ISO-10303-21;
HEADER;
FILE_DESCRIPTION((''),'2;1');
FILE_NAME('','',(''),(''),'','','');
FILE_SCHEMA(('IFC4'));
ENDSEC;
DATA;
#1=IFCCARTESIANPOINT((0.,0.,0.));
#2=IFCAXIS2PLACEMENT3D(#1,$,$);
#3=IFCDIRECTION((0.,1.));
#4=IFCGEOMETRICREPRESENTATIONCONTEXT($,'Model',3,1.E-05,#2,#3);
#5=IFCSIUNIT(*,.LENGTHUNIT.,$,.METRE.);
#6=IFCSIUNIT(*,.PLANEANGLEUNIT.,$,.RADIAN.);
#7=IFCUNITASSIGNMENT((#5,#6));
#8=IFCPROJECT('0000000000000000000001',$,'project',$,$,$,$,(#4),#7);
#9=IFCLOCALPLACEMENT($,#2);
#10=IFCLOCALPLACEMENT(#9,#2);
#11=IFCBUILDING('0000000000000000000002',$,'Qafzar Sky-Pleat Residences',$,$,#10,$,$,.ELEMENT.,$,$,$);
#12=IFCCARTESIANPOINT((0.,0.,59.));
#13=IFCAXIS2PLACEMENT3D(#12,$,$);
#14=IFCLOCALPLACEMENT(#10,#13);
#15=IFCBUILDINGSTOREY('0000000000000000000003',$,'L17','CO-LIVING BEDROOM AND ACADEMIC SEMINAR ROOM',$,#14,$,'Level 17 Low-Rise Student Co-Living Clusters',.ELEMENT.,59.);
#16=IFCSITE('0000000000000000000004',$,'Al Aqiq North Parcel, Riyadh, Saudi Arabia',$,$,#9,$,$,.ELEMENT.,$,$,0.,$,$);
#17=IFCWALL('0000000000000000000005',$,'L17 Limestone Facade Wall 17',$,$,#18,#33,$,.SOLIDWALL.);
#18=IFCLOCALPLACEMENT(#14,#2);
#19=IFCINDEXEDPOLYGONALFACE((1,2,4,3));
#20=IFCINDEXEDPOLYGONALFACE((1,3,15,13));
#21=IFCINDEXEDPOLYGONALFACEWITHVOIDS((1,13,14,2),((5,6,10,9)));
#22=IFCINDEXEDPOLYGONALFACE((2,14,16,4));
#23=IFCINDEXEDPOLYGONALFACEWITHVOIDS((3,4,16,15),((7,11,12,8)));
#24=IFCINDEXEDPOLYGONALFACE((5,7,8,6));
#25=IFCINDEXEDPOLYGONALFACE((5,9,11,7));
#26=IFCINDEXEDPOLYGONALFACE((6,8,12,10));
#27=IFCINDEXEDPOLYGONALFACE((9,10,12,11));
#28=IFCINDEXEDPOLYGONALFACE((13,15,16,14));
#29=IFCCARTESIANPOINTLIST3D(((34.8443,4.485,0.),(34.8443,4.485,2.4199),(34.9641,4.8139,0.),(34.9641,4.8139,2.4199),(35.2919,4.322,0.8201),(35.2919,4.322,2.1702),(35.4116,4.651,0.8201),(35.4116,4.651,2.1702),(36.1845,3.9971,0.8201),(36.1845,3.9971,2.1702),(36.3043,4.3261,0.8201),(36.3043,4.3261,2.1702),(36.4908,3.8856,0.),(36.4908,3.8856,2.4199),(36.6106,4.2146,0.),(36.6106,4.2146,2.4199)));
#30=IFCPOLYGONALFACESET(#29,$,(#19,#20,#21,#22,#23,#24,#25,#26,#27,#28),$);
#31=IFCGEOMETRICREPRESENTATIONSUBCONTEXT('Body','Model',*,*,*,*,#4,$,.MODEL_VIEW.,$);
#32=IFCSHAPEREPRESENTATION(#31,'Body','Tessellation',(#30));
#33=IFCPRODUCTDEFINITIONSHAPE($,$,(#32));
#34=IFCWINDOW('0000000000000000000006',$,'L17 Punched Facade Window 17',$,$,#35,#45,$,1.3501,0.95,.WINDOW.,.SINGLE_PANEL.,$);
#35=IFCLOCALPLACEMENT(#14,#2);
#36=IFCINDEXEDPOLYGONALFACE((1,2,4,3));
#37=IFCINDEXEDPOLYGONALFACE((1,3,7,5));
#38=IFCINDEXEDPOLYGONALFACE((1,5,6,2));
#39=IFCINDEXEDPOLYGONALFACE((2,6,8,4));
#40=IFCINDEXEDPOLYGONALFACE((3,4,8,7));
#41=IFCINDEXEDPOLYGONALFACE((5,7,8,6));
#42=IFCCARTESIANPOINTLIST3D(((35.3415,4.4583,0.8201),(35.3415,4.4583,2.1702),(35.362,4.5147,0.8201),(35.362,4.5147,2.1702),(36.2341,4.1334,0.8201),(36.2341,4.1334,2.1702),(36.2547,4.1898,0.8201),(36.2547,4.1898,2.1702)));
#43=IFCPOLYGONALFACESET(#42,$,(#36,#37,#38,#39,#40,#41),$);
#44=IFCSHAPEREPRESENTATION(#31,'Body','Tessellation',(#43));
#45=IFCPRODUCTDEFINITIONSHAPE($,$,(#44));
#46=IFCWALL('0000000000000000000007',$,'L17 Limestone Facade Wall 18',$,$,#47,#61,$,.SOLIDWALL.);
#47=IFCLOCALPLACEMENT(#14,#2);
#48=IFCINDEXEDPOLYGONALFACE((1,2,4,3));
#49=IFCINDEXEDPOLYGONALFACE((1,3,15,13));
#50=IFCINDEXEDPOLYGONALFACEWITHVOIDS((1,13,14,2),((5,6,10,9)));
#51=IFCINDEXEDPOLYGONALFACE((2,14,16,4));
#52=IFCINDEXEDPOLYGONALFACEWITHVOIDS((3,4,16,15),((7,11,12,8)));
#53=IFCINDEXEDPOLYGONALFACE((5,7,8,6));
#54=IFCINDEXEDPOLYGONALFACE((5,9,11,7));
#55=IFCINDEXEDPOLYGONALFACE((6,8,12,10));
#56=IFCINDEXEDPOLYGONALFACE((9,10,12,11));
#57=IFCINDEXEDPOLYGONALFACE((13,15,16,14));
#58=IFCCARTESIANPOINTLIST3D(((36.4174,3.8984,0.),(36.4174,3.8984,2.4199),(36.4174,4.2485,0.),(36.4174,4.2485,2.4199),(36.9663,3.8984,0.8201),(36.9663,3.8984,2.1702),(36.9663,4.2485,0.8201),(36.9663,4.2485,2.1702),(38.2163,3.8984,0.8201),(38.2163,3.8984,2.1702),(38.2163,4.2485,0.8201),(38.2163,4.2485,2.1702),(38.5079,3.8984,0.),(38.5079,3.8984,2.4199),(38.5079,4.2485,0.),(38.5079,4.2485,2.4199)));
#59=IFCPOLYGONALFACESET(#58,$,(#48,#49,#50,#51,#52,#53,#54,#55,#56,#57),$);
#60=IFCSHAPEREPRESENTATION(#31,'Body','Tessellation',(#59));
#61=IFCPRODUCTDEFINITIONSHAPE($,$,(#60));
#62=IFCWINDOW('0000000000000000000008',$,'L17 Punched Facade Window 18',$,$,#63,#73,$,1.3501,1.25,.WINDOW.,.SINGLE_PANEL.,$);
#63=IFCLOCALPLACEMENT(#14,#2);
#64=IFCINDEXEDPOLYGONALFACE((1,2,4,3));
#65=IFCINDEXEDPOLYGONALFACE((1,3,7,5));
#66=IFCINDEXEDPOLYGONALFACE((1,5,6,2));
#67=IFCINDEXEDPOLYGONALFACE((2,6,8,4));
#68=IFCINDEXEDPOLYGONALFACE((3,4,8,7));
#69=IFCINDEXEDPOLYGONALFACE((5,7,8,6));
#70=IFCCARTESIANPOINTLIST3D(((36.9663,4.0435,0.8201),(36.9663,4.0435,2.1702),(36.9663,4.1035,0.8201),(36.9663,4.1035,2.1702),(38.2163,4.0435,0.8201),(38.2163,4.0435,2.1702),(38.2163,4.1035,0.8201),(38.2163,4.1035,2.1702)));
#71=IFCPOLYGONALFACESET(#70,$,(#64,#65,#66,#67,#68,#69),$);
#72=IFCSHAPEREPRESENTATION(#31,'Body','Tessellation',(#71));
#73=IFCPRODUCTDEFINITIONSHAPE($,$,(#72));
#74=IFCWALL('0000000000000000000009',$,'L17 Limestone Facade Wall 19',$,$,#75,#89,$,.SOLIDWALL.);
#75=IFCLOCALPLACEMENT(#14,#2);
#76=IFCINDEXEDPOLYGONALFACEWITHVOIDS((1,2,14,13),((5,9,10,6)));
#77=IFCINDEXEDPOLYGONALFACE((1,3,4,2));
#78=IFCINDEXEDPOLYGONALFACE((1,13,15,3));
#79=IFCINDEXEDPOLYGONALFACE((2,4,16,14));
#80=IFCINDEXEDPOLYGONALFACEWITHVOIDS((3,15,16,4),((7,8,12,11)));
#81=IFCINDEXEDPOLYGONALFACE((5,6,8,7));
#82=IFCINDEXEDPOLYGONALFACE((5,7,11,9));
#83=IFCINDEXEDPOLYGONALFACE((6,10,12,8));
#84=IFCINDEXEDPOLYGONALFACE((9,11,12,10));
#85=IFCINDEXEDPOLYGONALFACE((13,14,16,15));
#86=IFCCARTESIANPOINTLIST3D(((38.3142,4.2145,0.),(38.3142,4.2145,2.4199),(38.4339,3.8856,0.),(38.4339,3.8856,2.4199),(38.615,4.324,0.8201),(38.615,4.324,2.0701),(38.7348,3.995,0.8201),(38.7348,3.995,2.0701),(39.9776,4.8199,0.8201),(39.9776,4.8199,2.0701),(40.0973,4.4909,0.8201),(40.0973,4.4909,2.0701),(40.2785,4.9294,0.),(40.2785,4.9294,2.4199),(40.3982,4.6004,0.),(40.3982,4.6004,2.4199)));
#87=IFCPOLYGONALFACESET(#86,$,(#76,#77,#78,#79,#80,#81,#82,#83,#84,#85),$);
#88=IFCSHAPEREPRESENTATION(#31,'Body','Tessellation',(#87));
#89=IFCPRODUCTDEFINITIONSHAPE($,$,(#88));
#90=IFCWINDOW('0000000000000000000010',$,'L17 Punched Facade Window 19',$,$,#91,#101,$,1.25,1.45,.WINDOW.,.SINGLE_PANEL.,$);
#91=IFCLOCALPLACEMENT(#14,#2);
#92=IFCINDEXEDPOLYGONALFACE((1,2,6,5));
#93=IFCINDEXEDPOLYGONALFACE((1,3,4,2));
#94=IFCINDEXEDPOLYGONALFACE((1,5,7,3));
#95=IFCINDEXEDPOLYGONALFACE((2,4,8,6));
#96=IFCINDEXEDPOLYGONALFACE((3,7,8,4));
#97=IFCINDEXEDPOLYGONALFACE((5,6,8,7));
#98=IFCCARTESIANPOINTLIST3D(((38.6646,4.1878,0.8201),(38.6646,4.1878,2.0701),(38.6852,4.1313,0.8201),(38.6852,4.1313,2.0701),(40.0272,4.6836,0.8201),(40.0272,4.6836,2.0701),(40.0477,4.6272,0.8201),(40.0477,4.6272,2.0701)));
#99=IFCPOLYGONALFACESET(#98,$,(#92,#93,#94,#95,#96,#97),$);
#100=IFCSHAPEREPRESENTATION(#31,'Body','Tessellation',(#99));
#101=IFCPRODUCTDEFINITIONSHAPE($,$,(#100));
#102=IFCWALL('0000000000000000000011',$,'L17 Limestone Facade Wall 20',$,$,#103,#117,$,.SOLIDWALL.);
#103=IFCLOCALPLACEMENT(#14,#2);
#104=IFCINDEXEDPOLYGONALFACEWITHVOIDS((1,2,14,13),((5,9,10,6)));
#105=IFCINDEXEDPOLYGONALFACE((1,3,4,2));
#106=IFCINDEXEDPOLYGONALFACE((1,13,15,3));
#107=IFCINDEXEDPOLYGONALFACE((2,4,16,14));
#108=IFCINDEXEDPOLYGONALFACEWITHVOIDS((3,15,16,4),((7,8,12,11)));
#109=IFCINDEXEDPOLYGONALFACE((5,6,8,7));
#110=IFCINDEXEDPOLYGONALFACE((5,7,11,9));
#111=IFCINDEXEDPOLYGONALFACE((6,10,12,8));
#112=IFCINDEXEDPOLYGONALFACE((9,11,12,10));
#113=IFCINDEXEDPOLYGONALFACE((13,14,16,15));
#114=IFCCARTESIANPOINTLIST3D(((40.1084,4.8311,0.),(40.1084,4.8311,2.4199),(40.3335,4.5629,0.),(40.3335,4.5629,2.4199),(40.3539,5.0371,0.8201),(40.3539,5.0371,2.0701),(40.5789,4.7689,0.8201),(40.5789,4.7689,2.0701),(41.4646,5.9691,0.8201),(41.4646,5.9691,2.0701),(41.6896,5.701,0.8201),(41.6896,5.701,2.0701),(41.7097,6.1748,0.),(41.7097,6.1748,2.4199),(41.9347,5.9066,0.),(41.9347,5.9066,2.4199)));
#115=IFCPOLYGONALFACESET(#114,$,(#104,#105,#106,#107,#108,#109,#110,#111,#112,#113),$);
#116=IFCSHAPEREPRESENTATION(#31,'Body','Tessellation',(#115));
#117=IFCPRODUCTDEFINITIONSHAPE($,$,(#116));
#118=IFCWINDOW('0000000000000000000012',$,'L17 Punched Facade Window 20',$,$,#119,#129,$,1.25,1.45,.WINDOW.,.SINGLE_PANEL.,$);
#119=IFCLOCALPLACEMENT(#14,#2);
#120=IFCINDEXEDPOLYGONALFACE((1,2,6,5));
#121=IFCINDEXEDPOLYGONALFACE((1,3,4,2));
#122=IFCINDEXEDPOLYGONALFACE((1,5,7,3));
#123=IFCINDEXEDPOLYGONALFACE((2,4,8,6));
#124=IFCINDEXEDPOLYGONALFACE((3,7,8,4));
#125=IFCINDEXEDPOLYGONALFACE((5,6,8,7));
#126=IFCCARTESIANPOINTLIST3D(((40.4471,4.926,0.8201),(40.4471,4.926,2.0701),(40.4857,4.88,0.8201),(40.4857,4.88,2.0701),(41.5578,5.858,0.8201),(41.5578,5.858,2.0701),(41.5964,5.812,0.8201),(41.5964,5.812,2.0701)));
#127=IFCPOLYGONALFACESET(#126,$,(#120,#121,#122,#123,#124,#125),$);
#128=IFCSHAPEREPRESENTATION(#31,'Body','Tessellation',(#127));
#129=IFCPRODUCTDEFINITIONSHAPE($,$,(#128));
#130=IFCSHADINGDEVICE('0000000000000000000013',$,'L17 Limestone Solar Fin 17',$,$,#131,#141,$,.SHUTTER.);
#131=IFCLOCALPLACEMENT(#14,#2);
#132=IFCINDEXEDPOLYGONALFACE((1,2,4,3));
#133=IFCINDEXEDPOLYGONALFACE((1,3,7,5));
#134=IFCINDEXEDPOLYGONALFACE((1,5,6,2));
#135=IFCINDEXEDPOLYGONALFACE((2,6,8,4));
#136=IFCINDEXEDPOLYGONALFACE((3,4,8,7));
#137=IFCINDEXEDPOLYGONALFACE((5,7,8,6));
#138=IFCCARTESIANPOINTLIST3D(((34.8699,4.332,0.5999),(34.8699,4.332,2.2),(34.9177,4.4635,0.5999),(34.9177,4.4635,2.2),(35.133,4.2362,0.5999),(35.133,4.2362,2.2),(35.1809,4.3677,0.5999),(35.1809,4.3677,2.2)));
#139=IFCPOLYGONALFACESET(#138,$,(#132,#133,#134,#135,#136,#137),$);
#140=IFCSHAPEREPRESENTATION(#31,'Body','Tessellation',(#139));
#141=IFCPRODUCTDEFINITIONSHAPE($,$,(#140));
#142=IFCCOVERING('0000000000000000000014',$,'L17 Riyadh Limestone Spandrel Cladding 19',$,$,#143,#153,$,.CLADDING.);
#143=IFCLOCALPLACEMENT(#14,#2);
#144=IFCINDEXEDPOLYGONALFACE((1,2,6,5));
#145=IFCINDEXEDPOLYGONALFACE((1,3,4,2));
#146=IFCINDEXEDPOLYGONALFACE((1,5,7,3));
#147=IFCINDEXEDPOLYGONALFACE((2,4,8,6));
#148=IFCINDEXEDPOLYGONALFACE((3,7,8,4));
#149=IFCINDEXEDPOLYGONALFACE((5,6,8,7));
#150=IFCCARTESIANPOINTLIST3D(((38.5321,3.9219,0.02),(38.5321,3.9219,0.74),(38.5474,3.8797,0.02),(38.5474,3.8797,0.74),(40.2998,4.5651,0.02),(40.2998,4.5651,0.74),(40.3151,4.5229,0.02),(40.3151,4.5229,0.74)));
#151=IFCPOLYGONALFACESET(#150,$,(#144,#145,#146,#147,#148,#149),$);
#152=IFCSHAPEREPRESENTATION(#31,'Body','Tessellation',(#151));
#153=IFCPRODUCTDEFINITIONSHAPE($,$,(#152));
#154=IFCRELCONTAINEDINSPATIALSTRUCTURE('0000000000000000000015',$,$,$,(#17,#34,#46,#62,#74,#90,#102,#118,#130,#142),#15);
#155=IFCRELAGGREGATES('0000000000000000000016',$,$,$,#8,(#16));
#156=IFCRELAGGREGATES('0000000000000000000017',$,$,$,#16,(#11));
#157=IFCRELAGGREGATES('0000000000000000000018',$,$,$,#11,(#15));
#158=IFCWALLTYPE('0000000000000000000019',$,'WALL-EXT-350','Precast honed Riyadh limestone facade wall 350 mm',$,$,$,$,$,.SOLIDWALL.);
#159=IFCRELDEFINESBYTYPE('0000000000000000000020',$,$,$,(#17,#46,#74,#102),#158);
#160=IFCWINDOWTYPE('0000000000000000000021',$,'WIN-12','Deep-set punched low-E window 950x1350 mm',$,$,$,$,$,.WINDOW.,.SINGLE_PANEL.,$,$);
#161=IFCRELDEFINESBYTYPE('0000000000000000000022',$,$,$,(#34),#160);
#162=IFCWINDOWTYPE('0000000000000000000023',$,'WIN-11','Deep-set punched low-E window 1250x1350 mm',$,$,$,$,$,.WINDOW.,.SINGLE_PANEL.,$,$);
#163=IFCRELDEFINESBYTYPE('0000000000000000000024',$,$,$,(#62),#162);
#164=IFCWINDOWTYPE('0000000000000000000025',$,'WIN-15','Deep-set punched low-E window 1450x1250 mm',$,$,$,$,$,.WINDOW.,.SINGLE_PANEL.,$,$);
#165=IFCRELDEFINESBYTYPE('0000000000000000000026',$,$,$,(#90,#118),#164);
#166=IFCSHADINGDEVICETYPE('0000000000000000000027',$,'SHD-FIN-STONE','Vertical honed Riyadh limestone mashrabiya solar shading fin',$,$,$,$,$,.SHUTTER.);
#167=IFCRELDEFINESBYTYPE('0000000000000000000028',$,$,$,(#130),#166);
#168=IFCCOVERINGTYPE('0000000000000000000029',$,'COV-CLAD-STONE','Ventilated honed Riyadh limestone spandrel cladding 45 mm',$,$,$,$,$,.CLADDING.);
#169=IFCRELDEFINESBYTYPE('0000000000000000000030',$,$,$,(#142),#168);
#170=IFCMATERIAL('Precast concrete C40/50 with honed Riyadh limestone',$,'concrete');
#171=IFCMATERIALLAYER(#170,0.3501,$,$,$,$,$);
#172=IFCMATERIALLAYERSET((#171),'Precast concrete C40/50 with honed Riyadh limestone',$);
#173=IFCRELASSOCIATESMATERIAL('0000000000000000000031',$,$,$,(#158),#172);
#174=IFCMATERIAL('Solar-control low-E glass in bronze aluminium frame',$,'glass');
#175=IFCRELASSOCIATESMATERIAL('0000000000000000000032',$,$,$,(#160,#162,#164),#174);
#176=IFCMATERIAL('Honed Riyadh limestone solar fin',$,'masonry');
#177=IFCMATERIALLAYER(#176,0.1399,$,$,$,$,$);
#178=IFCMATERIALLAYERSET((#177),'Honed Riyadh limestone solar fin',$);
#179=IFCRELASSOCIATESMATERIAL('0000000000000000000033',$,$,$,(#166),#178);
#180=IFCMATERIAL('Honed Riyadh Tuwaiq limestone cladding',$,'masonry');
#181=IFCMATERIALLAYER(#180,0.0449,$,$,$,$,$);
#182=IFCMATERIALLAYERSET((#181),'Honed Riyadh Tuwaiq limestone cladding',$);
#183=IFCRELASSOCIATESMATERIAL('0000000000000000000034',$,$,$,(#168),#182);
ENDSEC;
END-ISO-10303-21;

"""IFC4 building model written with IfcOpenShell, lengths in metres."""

from ifc_helpers import new_model, si_unit, direction, frame, frame_2d, origin, origin_2d, place, context, subcontext, project, spatial, rectangle, extrude, source, transform, mapped, material, layer, layer_set, type_object, element, fill, save


model = new_model("IFC4")

# Units and contexts
model_context = context("Model", 3, precision=1e-05, world=origin(), true_north=direction((0.0, 1.0)))
body_context = subcontext(model_context, "Body", "Model", "MODEL_VIEW")
ifc_project = project(units=[si_unit("LENGTHUNIT", "METRE"), si_unit("PLANEANGLEUNIT", "RADIAN")], contexts=[model_context])

# Site, building, storey
site_placement = place(None, origin())
site = spatial("IfcSite", under=ifc_project, at=site_placement, Name="Al Aqiq North Parcel, Riyadh, Saudi Arabia", CompositionType="ELEMENT", RefElevation=0.0)
building_placement = place(site_placement, origin())
building = spatial("IfcBuilding", under=site, at=building_placement, Name="Qafzar Sky-Pleat Residences", CompositionType="ELEMENT")
storey_placement = place(building_placement, frame((0.0, 0.0, 59.0)))
storey = spatial("IfcBuildingStorey", under=building, at=storey_placement, Name="L17", Description="CO-LIVING BEDROOM AND ACADEMIC SEMINAR ROOM", LongName="Level 17 Low-Rise Student Co-Living Clusters", CompositionType="ELEMENT", Elevation=59.0)

# Walls, openings, windows
ifc_material_1 = material(Name="Precast concrete C40/50 with honed Riyadh limestone", Category="concrete")
ifc_layer_1 = layer(ifc_material_1, 0.3501)
ifc_layer_set_1 = layer_set([ifc_layer_1], Name="Precast concrete C40/50 with honed Riyadh limestone")
wall_type_1 = type_object("IfcWallType", Name="WALL-EXT-350", Description="Precast honed Riyadh limestone facade wall 350 mm", PredefinedType="SOLIDWALL", material=ifc_layer_set_1)
wall_1_placement = place(storey_placement, frame((34.9043, 4.6494, 0.0), z_axis=(0.0, 0.0, 1.0), x_axis=(0.939675, -0.342067, 0.0)))
wall_1 = element("IfcWall", 1, at=wall_1_placement, inside=storey, type_object=wall_type_1, Name="L17 Limestone Facade Wall 17", PredefinedType="SOLIDWALL", context=body_context, shape_type="SweptSolid", body=[
    extrude(rectangle(XDim=1.7522, YDim=0.3501, at=frame_2d((0.876, 0.0))), origin(), (0.0, 0.0, 1.0), 2.4199),
])
opening_1_placement = place(wall_1_placement, frame((0.4761, 0.0, 0.8201)))
opening_1 = element("IfcOpeningElement", 2, at=opening_1_placement, cuts=wall_1, PredefinedType="OPENING", context=body_context, shape_type="SweptSolid", body=[
    extrude(rectangle(XDim=0.95, YDim=1.3501, at=frame_2d((0.4751, 0.675))), frame((0.0, 0.1851, 0.0), z_axis=(0.0, -1.0, 0.0), x_axis=(1.0, 0.0, 0.0)), (0.0, 0.0, 1.0), 0.3701),
])
ifc_material_2 = material(Name="Solar-control low-E glass in bronze aluminium frame", Category="glass")
window_type_1 = type_object("IfcWindowType", Name="WIN-12", Description="Deep-set punched low-E window 950x1350 mm", PartitioningType="SINGLE_PANEL", PredefinedType="WINDOW", material=ifc_material_2)
shared_shape_1 = source(origin(), body_context, "Body", "SweptSolid", [
    extrude(rectangle(XDim=0.95, YDim=1.3501, at=frame_2d((0.4751, 0.675))), frame((0.0, 0.03, 0.0), z_axis=(0.0, -1.0, 0.0), x_axis=(1.0, 0.0, 0.0)), (0.0, 0.0, 1.0), 0.0601),
])
window_1_placement = place(opening_1_placement, origin())
window_1 = element("IfcWindow", 3, at=window_1_placement, inside=storey, type_object=window_type_1, Name="L17 Punched Facade Window 17", OverallHeight=1.3501, OverallWidth=0.95, PartitioningType="SINGLE_PANEL", PredefinedType="WINDOW", context=body_context, shape_type="MappedRepresentation", body=[
    mapped(shared_shape_1, transform((0.0, 0.0, 0.0), x_axis=(1.0, 0.0, 0.0), y_axis=(0.0, 1.0, 0.0), z_axis=(0.0, 0.0, 1.0), scale=1.0)),
])
fill(opening_1, window_1)
wall_2_placement = place(storey_placement, frame((36.4172, 4.0735, 0.0), z_axis=(0.0, 0.0, 1.0), x_axis=(1.0, 0.0, 0.0)))
wall_2 = element("IfcWall", 4, at=wall_2_placement, inside=storey, type_object=wall_type_1, Name="L17 Limestone Facade Wall 18", PredefinedType="SOLIDWALL", context=body_context, shape_type="SweptSolid", body=[
    extrude(rectangle(XDim=2.0906, YDim=0.3501, at=frame_2d((1.0454, 0.0))), origin(), (0.0, 0.0, 1.0), 2.4199),
])
opening_2_placement = place(wall_2_placement, frame((0.5491, 0.0, 0.8201)))
opening_2 = element("IfcOpeningElement", 5, at=opening_2_placement, cuts=wall_2, PredefinedType="OPENING", context=body_context, shape_type="SweptSolid", body=[
    extrude(rectangle(XDim=1.25, YDim=1.3501, at=frame_2d((0.625, 0.675))), frame((0.0, 0.1851, 0.0), z_axis=(0.0, -1.0, 0.0), x_axis=(1.0, 0.0, 0.0)), (0.0, 0.0, 1.0), 0.3701),
])
window_type_2 = type_object("IfcWindowType", Name="WIN-11", Description="Deep-set punched low-E window 1250x1350 mm", PartitioningType="SINGLE_PANEL", PredefinedType="WINDOW", material=ifc_material_2)
shared_shape_2 = source(origin(), body_context, "Body", "SweptSolid", [
    extrude(rectangle(XDim=1.25, YDim=1.3501, at=frame_2d((0.625, 0.675))), frame((0.0, 0.03, 0.0), z_axis=(0.0, -1.0, 0.0), x_axis=(1.0, 0.0, 0.0)), (0.0, 0.0, 1.0), 0.0601),
])
window_2_placement = place(opening_2_placement, origin())
window_2 = element("IfcWindow", 6, at=window_2_placement, inside=storey, type_object=window_type_2, Name="L17 Punched Facade Window 18", OverallHeight=1.3501, OverallWidth=1.25, PartitioningType="SINGLE_PANEL", PredefinedType="WINDOW", context=body_context, shape_type="MappedRepresentation", body=[
    mapped(shared_shape_2, transform((0.0, 0.0, 0.0), x_axis=(1.0, 0.0, 0.0), y_axis=(0.0, 1.0, 0.0), z_axis=(0.0, 0.0, 1.0), scale=1.0)),
])
fill(opening_2, window_2)
wall_3_placement = place(storey_placement, frame((38.374, 4.05, 0.0), z_axis=(0.0, 0.0, 1.0), x_axis=(0.939712, 0.341968, 0.0)))
wall_3 = element("IfcWall", 7, at=wall_3_placement, inside=storey, type_object=wall_type_1, Name="L17 Limestone Facade Wall 19", PredefinedType="SOLIDWALL", context=body_context, shape_type="SweptSolid", body=[
    extrude(rectangle(XDim=2.0903, YDim=0.3501, at=frame_2d((1.0452, 0.0))), origin(), (0.0, 0.0, 1.0), 2.4199),
])
opening_3_placement = place(wall_3_placement, frame((0.3201, 0.0, 0.8201)))
opening_3 = element("IfcOpeningElement", 8, at=opening_3_placement, cuts=wall_3, PredefinedType="OPENING", context=body_context, shape_type="SweptSolid", body=[
    extrude(rectangle(XDim=1.45, YDim=1.25, at=frame_2d((0.7251, 0.625))), frame((0.0, 0.1851, 0.0), z_axis=(0.0, -1.0, 0.0), x_axis=(1.0, 0.0, 0.0)), (0.0, 0.0, 1.0), 0.3701),
])
window_type_3 = type_object("IfcWindowType", Name="WIN-15", Description="Deep-set punched low-E window 1450x1250 mm", PartitioningType="SINGLE_PANEL", PredefinedType="WINDOW", material=ifc_material_2)
shared_shape_3 = source(origin(), body_context, "Body", "SweptSolid", [
    extrude(rectangle(XDim=1.45, YDim=1.25, at=frame_2d((0.7251, 0.625))), frame((0.0, 0.03, 0.0), z_axis=(0.0, -1.0, 0.0), x_axis=(1.0, 0.0, 0.0)), (0.0, 0.0, 1.0), 0.0601),
])
window_3_placement = place(opening_3_placement, origin())
window_3 = element("IfcWindow", 9, at=window_3_placement, inside=storey, type_object=window_type_3, Name="L17 Punched Facade Window 19", OverallHeight=1.25, OverallWidth=1.45, PartitioningType="SINGLE_PANEL", PredefinedType="WINDOW", context=body_context, shape_type="MappedRepresentation", body=[
    mapped(shared_shape_3, transform((0.0, 0.0, 0.0), x_axis=(1.0, 0.0, 0.0), y_axis=(0.0, 1.0, 0.0), z_axis=(0.0, 0.0, 1.0), scale=1.0)),
])
fill(opening_3, window_3)
wall_4_placement = place(storey_placement, frame((40.2209, 4.697, 0.0), z_axis=(0.0, 0.0, 1.0), x_axis=(0.766025, 0.642811, 0.0)))
wall_4 = element("IfcWall", 10, at=wall_4_placement, inside=storey, type_object=wall_type_1, Name="L17 Limestone Facade Wall 20", PredefinedType="SOLIDWALL", context=body_context, shape_type="SweptSolid", body=[
    extrude(rectangle(XDim=2.0903, YDim=0.3501, at=frame_2d((1.0452, 0.0))), origin(), (0.0, 0.0, 1.0), 2.4199),
])
opening_4_placement = place(wall_4_placement, frame((0.3203, 0.0, 0.8201)))
opening_4 = element("IfcOpeningElement", 11, at=opening_4_placement, cuts=wall_4, PredefinedType="OPENING", context=body_context, shape_type="SweptSolid", body=[
    extrude(rectangle(XDim=1.45, YDim=1.25, at=frame_2d((0.7251, 0.625))), frame((0.0, 0.1851, 0.0), z_axis=(0.0, -1.0, 0.0), x_axis=(1.0, 0.0, 0.0)), (0.0, 0.0, 1.0), 0.3701),
])
window_4_placement = place(opening_4_placement, origin())
window_4 = element("IfcWindow", 12, at=window_4_placement, inside=storey, type_object=window_type_3, Name="L17 Punched Facade Window 20", OverallHeight=1.25, OverallWidth=1.45, PartitioningType="SINGLE_PANEL", PredefinedType="WINDOW", context=body_context, shape_type="MappedRepresentation", body=[
    mapped(shared_shape_3, transform((0.0, 0.0, 0.0), x_axis=(1.0, 0.0, 0.0), y_axis=(0.0, 1.0, 0.0), z_axis=(0.0, 0.0, 1.0), scale=1.0)),
])
fill(opening_4, window_4)

# Shading device
ifc_material_3 = material(Name="Honed Riyadh limestone solar fin", Category="masonry")
ifc_layer_2 = layer(ifc_material_3, 0.1399)
ifc_layer_set_2 = layer_set([ifc_layer_2], Name="Honed Riyadh limestone solar fin")
shading_device_type = type_object("IfcShadingDeviceType", Name="SHD-FIN-STONE", Description="Vertical honed Riyadh limestone mashrabiya solar shading fin", PredefinedType="SHUTTER", material=ifc_layer_set_2)
shared_shape_4 = source(origin(), body_context, "Body", "SweptSolid", [
    extrude(rectangle(XDim=0.1399, YDim=0.28, at=origin_2d()), origin(), (0.0, 0.0, 1.0), 1.6001),
])
shading_device_placement = place(storey_placement, frame((35.0254, 4.3499, 0.5999), z_axis=(0.0, 0.0, 1.0), x_axis=(-0.34201, -0.939696, 0.0)))
element("IfcShadingDevice", 13, at=shading_device_placement, inside=storey, type_object=shading_device_type, Name="L17 Limestone Solar Fin 17", PredefinedType="SHUTTER", context=body_context, shape_type="MappedRepresentation", body=[
    mapped(shared_shape_4, transform((0.0, 0.0, 0.0), x_axis=(1.0, 0.0, 0.0), y_axis=(0.0, 1.0, 0.0), z_axis=(0.0, 0.0, 1.0), scale=1.0)),
])

# Covering
ifc_material_4 = material(Name="Honed Riyadh Tuwaiq limestone cladding", Category="masonry")
ifc_layer_3 = layer(ifc_material_4, 0.0449)
ifc_layer_set_3 = layer_set([ifc_layer_3], Name="Honed Riyadh Tuwaiq limestone cladding")
covering_type = type_object("IfcCoveringType", Name="COV-CLAD-STONE", Description="Ventilated honed Riyadh limestone spandrel cladding 45 mm", PredefinedType="CLADDING", material=ifc_layer_set_3)
shared_shape_5 = source(origin(), body_context, "Body", "SweptSolid", [
    extrude(rectangle(XDim=1.8811, YDim=0.0449, at=origin_2d()), origin(), (0.0, 0.0, 1.0), 0.72),
])
covering_1_placement = place(storey_placement, frame((39.4236, 4.2224, 0.02), z_axis=(0.0, 0.0, 1.0), x_axis=(0.939715, 0.341958, 0.0)))
element("IfcCovering", 14, at=covering_1_placement, inside=storey, type_object=covering_type, Name="L17 Riyadh Limestone Spandrel Cladding 19", PredefinedType="CLADDING", context=body_context, shape_type="MappedRepresentation", body=[
    mapped(shared_shape_5, transform((0.0, 0.0, 0.0), x_axis=(1.0, 0.0, 0.0), y_axis=(0.0, 1.0, 0.0), z_axis=(0.0, 0.0, 1.0), scale=1.0)),
])

save(model, "model.ifc")
